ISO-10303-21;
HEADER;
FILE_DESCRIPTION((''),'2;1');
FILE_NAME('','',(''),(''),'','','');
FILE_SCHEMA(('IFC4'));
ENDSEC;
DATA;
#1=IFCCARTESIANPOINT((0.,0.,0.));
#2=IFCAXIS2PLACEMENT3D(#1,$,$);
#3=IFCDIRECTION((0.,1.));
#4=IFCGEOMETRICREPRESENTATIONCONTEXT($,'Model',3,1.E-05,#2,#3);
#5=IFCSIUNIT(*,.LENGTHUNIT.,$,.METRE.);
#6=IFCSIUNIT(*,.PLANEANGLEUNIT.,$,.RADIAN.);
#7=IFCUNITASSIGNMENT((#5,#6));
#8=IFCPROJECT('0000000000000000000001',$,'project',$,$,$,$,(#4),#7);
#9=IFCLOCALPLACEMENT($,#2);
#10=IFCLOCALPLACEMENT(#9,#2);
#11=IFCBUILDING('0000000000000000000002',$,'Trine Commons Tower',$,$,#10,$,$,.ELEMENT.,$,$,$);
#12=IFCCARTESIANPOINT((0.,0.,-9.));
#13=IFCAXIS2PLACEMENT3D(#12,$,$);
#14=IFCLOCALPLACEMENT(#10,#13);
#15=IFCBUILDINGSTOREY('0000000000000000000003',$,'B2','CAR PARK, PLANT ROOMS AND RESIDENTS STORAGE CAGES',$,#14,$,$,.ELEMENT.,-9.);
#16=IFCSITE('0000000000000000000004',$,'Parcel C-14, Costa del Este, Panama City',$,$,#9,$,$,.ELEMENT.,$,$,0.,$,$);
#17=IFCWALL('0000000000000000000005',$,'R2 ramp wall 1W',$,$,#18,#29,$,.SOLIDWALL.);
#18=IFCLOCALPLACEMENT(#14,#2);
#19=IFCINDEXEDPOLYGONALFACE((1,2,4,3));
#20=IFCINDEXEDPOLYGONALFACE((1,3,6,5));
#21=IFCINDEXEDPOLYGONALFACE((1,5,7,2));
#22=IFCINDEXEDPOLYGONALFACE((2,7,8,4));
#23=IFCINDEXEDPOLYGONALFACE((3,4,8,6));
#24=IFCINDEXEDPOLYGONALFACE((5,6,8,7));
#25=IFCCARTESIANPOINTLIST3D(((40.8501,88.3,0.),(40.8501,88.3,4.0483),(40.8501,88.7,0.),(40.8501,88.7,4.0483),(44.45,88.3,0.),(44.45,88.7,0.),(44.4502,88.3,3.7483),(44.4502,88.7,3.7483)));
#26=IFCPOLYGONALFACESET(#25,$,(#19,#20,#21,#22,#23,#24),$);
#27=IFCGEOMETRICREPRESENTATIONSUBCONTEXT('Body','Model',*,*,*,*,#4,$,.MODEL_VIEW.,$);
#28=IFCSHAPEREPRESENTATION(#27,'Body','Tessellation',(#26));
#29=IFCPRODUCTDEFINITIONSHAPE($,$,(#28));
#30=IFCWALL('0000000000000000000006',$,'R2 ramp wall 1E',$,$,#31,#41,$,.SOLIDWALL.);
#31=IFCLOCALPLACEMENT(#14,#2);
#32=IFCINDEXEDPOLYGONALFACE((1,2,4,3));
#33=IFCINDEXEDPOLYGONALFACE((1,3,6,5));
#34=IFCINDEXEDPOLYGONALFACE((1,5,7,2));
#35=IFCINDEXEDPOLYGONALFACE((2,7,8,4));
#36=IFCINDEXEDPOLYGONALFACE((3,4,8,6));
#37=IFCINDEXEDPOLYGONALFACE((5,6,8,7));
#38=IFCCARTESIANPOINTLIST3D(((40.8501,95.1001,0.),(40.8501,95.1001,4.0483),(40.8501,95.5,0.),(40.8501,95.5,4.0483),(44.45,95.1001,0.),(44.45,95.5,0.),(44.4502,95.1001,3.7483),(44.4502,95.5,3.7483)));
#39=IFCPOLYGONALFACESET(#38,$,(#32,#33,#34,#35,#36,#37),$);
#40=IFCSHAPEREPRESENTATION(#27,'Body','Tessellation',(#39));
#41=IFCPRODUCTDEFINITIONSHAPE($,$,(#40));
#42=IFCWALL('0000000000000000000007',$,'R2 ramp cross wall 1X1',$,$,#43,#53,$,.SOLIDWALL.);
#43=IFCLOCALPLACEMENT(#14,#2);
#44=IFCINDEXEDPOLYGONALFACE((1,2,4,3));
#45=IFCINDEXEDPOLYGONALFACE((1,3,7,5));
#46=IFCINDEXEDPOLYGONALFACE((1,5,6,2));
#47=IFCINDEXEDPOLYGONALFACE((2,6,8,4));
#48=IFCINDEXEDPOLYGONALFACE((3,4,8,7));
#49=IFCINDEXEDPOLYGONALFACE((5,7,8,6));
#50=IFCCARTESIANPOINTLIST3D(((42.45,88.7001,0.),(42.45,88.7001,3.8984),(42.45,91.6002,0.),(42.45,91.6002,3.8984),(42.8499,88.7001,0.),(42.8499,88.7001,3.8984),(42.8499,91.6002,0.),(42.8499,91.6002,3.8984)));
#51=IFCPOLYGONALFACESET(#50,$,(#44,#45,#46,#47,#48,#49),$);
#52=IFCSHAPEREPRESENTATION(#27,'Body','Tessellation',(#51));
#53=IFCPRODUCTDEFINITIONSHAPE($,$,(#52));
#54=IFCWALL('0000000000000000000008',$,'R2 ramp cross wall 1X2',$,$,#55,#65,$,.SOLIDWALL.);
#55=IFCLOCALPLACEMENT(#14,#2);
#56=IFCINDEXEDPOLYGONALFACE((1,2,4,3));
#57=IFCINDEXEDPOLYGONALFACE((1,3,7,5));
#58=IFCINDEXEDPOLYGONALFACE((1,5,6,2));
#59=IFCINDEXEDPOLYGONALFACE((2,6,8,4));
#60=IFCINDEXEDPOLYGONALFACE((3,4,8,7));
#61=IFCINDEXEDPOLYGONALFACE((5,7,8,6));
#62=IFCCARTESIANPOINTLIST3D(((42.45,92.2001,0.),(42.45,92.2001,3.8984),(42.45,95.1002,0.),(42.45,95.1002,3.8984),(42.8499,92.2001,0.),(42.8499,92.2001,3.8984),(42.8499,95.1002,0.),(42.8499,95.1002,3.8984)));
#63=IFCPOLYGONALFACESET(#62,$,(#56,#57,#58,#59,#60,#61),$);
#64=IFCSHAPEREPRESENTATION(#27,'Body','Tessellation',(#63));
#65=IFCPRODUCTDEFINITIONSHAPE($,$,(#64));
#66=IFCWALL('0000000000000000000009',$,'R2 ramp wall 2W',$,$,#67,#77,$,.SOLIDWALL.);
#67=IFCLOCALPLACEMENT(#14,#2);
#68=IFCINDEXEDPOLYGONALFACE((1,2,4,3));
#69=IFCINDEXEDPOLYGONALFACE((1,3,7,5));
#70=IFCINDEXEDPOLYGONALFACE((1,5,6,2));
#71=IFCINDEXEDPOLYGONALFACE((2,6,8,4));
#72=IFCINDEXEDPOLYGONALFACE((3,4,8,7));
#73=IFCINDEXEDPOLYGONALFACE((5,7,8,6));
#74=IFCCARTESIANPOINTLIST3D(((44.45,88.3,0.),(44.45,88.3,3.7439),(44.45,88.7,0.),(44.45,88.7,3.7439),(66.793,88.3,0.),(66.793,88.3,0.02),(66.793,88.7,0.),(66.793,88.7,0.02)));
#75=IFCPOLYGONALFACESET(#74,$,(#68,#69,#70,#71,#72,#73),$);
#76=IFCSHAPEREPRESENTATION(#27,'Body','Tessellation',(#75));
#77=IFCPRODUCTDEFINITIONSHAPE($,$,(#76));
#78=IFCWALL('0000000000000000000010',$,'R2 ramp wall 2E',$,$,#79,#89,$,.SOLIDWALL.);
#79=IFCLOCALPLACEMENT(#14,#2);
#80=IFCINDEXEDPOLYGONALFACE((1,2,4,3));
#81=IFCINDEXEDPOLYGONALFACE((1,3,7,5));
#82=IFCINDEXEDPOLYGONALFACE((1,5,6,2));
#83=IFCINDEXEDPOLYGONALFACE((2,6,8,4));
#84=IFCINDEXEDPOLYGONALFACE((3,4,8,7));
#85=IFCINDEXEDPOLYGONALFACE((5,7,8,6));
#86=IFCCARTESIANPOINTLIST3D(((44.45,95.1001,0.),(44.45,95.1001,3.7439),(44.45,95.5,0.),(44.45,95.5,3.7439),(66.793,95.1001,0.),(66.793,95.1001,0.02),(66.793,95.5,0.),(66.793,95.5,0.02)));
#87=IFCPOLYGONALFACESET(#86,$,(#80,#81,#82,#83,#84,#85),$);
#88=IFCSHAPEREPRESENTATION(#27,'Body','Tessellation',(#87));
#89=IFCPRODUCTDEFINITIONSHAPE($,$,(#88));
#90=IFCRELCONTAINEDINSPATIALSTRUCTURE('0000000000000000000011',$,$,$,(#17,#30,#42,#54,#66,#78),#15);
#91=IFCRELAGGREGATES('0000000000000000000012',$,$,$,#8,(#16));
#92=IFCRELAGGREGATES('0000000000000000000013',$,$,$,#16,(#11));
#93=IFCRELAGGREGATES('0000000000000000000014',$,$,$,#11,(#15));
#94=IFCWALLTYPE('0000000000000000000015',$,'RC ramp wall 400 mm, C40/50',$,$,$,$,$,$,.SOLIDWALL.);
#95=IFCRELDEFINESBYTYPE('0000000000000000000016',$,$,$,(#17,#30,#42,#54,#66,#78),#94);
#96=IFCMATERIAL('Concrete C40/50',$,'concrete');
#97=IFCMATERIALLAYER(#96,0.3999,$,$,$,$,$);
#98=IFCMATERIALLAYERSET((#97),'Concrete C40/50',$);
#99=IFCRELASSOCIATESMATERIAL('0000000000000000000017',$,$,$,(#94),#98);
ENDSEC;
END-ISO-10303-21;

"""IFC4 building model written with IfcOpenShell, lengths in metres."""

from ifc_helpers import new_model, si_unit, direction, frame, frame_2d, origin, place, context, subcontext, project, spatial, polyline, rectangle, outline, extrude, material, layer, layer_set, type_object, element, save


model = new_model("IFC4")

# Units and contexts
model_context = context("Model", 3, precision=1e-05, world=origin(), true_north=direction((0.0, 1.0)))
body_context = subcontext(model_context, "Body", "Model", "MODEL_VIEW")
ifc_project = project(units=[si_unit("LENGTHUNIT", "METRE"), si_unit("PLANEANGLEUNIT", "RADIAN")], contexts=[model_context])

# Site, building, storey
site_placement = place(None, origin())
site = spatial("IfcSite", under=ifc_project, at=site_placement, Name="Parcel C-14, Costa del Este, Panama City", CompositionType="ELEMENT", RefElevation=0.0)
building_placement = place(site_placement, origin())
building = spatial("IfcBuilding", under=site, at=building_placement, Name="Trine Commons Tower", CompositionType="ELEMENT")
storey_placement = place(building_placement, frame((0.0, 0.0, -9.0)))
storey = spatial("IfcBuildingStorey", under=building, at=storey_placement, Name="B2", Description="CAR PARK, PLANT ROOMS AND RESIDENTS STORAGE CAGES", CompositionType="ELEMENT", Elevation=-9.0)

# Shared definitions
ifc_material_1 = material(Name="Concrete C40/50", Category="concrete")

# Walls
ifc_layer_1 = layer(ifc_material_1, 0.3999)
ifc_layer_set_1 = layer_set([ifc_layer_1], Name="Concrete C40/50")
wall_type_1 = type_object("IfcWallType", Name="RC ramp wall 400 mm, C40/50", PredefinedType="SOLIDWALL", material=ifc_layer_set_1)
for number, where, z_axis, x_axis, name in (
    (1, (40.8501, 88.5, 0.0), (0.0, 0.0, 1.0), (1.0, 0.0, 0.0), "R2 ramp wall 1W"),
    (2, (40.8501, 95.3, 0.0), (0.0, 0.0, 1.0), (1.0, 0.0, 0.0), "R2 ramp wall 1E"),
):
    element("IfcWall", number, at=place(storey_placement, frame(where, z_axis=z_axis, x_axis=x_axis)), inside=storey, type_object=wall_type_1, Name=name, PredefinedType="SOLIDWALL", context=body_context, shape_type="SweptSolid", body=[
        extrude(outline(polyline([(0.0, 0.0), (3.5999, 0.0), (3.6001, 3.7483), (0.0, 4.0483), (0.0, 0.0)])), frame((0.0, 0.2, 0.0), z_axis=(0.0, -1.0, 0.0), x_axis=(1.0, 0.0, 0.0)), (0.0, 0.0, 1.0), 0.3999),
    ])
for number, where, z_axis, x_axis, name in (
    (3, (42.6499, 88.7, 0.0), (0.0, 0.0, 1.0), (0.0, 1.0, 0.0), "R2 ramp cross wall 1X1"),
    (4, (42.6499, 92.2, 0.0), (0.0, 0.0, 1.0), (0.0, 1.0, 0.0), "R2 ramp cross wall 1X2"),
):
    element("IfcWall", number, at=place(storey_placement, frame(where, z_axis=z_axis, x_axis=x_axis)), inside=storey, type_object=wall_type_1, Name=name, PredefinedType="SOLIDWALL", context=body_context, shape_type="SweptSolid", body=[
        extrude(rectangle(XDim=2.9001, YDim=0.3999, at=frame_2d((1.4502, 0.0))), origin(), (0.0, 0.0, 1.0), 3.8984),
    ])
for number, where, z_axis, x_axis, name in (
    (5, (44.45, 88.5, 0.0), (0.0, 0.0, 1.0), (1.0, 0.0, 0.0), "R2 ramp wall 2W"),
    (6, (44.45, 95.3, 0.0), (0.0, 0.0, 1.0), (1.0, 0.0, 0.0), "R2 ramp wall 2E"),
):
    element("IfcWall", number, at=place(storey_placement, frame(where, z_axis=z_axis, x_axis=x_axis)), inside=storey, type_object=wall_type_1, Name=name, PredefinedType="SOLIDWALL", context=body_context, shape_type="SweptSolid", body=[
        extrude(outline(polyline([(0.0, 0.0), (22.343, 0.0), (22.343, 0.02), (0.0, 3.7439), (0.0, 0.0)])), frame((0.0, 0.2, 0.0), z_axis=(0.0, -1.0, 0.0), x_axis=(1.0, 0.0, 0.0)), (0.0, 0.0, 1.0), 0.3999),
    ])

save(model, "model.ifc")
